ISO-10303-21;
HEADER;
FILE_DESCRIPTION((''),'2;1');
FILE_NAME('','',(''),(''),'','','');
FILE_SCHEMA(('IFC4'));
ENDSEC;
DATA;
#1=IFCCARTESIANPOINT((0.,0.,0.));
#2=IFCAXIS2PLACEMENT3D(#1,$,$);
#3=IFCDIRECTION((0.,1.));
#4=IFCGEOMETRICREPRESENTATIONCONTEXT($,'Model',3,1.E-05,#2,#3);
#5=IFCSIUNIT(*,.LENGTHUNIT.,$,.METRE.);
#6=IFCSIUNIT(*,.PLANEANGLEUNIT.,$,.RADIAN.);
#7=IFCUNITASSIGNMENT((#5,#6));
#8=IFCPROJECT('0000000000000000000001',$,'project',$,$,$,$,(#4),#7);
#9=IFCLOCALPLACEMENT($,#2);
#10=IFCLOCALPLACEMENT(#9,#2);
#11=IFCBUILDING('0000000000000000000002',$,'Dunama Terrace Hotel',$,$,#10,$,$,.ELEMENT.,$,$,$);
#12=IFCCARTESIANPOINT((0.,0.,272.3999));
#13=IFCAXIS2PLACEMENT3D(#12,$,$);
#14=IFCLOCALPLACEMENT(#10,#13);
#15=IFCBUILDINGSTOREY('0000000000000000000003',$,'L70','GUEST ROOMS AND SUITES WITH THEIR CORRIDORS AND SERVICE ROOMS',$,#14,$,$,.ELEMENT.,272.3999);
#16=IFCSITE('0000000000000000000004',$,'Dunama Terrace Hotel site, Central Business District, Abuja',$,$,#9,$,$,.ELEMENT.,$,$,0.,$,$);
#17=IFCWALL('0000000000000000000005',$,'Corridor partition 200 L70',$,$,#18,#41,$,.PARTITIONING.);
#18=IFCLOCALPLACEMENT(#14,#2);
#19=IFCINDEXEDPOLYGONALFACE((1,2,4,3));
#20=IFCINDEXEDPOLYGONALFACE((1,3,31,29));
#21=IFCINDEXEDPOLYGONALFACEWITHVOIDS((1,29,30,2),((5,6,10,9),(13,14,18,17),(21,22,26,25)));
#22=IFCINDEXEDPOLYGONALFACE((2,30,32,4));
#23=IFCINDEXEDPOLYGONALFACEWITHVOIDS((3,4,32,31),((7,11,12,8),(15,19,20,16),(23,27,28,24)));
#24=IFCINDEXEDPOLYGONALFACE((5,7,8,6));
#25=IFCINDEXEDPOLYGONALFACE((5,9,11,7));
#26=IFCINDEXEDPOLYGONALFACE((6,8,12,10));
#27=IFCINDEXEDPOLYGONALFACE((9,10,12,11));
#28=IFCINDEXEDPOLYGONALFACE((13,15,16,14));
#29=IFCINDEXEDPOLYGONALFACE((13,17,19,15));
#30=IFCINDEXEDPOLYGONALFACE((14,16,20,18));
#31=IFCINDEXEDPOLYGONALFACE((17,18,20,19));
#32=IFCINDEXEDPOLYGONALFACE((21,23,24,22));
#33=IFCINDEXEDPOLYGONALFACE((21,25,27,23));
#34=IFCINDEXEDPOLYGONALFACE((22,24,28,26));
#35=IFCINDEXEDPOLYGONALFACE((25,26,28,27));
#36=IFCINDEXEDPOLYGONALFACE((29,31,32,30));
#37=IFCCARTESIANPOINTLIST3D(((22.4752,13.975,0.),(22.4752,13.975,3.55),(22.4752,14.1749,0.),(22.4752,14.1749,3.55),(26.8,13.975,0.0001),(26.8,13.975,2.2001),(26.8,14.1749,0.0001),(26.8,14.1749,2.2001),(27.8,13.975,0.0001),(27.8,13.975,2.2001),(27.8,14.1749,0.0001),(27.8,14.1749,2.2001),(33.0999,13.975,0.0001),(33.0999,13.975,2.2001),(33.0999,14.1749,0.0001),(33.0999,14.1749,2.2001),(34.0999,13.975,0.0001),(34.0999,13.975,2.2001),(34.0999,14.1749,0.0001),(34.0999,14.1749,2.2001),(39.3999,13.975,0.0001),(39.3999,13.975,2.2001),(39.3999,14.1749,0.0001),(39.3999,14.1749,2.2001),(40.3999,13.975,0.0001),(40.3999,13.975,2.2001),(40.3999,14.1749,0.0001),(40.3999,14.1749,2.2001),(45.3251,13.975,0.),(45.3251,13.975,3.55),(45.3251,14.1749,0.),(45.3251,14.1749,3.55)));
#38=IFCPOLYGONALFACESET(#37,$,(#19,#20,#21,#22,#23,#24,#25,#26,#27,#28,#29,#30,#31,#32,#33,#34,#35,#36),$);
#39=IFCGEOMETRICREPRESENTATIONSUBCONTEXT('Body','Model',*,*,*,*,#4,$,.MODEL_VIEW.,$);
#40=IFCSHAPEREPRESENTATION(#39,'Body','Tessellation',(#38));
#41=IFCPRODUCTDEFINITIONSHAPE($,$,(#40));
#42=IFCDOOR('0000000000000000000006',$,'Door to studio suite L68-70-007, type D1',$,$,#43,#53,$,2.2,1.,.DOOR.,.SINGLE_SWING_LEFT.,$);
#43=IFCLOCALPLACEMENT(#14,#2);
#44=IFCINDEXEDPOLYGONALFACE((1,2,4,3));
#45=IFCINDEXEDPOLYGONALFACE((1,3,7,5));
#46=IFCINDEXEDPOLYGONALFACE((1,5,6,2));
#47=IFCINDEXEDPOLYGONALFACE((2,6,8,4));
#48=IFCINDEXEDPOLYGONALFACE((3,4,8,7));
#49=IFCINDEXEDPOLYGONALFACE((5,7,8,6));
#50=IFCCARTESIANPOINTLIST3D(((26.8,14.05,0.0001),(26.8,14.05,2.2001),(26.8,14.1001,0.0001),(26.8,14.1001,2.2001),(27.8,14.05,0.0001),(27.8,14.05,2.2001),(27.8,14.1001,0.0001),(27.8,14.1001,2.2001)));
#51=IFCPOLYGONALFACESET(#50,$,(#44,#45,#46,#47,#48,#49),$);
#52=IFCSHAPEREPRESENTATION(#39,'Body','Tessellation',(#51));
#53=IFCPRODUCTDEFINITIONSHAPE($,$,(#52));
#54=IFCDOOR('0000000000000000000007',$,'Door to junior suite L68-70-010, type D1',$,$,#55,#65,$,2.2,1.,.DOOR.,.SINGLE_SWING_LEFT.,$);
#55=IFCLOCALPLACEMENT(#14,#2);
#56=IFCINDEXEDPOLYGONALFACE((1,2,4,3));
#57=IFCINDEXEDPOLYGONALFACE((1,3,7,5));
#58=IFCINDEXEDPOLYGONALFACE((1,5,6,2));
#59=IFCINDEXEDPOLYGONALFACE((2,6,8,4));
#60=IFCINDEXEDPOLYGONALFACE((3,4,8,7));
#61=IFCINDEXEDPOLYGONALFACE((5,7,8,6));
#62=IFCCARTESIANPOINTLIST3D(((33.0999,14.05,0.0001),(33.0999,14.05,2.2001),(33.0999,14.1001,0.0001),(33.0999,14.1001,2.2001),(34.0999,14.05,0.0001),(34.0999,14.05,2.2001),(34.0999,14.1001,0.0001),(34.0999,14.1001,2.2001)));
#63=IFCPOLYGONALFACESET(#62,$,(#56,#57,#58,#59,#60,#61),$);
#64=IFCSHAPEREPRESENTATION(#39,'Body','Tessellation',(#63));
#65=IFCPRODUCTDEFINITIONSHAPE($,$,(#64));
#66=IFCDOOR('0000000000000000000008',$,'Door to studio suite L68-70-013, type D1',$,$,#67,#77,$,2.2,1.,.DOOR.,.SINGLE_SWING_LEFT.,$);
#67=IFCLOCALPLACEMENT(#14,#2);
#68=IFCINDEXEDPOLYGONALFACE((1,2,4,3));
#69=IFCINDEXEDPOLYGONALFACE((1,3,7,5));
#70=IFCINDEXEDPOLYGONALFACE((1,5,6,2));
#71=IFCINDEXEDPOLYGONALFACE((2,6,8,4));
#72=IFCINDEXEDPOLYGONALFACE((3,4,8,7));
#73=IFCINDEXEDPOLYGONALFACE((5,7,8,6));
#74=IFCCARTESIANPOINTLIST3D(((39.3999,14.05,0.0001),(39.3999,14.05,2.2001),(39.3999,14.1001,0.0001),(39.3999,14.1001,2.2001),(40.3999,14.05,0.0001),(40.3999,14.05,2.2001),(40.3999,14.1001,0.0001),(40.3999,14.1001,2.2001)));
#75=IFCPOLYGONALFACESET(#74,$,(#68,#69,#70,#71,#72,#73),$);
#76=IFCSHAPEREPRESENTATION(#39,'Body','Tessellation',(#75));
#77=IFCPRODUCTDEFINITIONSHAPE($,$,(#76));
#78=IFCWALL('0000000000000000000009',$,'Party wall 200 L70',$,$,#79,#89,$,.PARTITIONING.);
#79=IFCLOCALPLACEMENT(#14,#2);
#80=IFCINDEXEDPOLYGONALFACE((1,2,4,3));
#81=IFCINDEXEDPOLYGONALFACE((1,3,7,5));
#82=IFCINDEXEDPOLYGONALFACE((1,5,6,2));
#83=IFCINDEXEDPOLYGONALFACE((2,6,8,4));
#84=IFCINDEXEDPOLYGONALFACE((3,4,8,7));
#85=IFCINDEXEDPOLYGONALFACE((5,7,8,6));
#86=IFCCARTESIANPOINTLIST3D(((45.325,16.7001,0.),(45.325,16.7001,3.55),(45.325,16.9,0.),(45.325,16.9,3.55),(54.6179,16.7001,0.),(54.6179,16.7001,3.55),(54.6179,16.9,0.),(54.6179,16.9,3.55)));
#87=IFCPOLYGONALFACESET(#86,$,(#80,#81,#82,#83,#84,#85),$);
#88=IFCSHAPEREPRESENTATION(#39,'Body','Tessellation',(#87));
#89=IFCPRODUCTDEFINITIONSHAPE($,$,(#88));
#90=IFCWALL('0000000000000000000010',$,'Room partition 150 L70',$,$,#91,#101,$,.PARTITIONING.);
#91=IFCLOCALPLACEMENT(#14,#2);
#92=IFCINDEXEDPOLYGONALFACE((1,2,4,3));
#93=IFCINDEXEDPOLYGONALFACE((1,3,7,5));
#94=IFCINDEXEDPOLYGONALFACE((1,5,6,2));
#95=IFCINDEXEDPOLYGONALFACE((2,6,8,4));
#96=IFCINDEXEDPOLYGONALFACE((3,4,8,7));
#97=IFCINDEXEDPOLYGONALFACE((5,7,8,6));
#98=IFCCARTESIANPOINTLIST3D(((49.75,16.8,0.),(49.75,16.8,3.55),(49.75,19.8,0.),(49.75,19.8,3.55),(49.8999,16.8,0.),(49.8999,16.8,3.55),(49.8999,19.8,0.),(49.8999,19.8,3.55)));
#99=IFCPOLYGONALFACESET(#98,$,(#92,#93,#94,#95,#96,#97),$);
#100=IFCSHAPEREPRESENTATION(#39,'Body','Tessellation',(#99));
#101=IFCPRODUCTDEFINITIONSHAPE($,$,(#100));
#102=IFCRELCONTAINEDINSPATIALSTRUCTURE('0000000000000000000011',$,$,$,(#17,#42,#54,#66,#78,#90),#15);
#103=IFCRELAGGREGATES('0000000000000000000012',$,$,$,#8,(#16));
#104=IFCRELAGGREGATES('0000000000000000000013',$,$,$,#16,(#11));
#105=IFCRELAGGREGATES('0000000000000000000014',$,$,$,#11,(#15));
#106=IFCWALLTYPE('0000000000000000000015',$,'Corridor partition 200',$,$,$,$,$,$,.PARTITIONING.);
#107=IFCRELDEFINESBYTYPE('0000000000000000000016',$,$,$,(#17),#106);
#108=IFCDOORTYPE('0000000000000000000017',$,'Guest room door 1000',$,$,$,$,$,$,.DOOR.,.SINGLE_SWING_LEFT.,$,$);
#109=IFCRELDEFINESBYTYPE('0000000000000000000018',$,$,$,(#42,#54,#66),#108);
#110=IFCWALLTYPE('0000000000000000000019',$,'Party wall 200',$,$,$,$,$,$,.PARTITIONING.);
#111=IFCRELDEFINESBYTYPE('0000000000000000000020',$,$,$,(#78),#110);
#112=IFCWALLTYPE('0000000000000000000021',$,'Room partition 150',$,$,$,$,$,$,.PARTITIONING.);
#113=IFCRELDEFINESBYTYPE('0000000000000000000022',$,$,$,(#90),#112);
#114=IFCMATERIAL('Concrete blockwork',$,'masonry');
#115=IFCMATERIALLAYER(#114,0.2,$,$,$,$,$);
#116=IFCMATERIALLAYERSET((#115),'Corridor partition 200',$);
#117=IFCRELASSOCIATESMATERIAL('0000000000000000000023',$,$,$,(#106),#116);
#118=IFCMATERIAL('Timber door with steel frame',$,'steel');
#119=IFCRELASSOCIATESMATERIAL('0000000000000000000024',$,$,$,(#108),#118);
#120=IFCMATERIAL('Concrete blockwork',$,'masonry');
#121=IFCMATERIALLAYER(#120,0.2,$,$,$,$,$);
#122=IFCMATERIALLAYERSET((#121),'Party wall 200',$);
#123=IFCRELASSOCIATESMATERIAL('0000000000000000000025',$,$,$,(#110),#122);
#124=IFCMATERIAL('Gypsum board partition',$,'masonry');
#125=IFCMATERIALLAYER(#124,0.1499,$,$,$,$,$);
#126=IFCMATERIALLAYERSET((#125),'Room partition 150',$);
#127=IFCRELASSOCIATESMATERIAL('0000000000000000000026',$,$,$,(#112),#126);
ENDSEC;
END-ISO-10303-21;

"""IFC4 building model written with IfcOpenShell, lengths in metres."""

from ifc_helpers import new_model, si_unit, direction, frame, frame_2d, origin, place, context, subcontext, project, spatial, rectangle, extrude, material, layer, layer_set, type_object, element, fill, save


model = new_model("IFC4")

# Units and contexts
model_context = context("Model", 3, precision=1e-05, world=origin(), true_north=direction((0.0, 1.0)))
body_context = subcontext(model_context, "Body", "Model", "MODEL_VIEW")
ifc_project = project(units=[si_unit("LENGTHUNIT", "METRE"), si_unit("PLANEANGLEUNIT", "RADIAN")], contexts=[model_context])

# Site, building, storey
site_placement = place(None, origin())
site = spatial("IfcSite", under=ifc_project, at=site_placement, Name="Dunama Terrace Hotel site, Central Business District, Abuja", CompositionType="ELEMENT", RefElevation=0.0)
building_placement = place(site_placement, origin())
building = spatial("IfcBuilding", under=site, at=building_placement, Name="Dunama Terrace Hotel", CompositionType="ELEMENT")
storey_placement = place(building_placement, frame((0.0, 0.0, 272.3999)))
storey = spatial("IfcBuildingStorey", under=building, at=storey_placement, Name="L70", Description="GUEST ROOMS AND SUITES WITH THEIR CORRIDORS AND SERVICE ROOMS", CompositionType="ELEMENT", Elevation=272.3999)

# Wall, openings, doors
ifc_material_1 = material(Name="Concrete blockwork", Category="masonry")
ifc_layer_1 = layer(ifc_material_1, 0.2)
ifc_layer_set_1 = layer_set([ifc_layer_1], Name="Corridor partition 200")
wall_type_1 = type_object("IfcWallType", Name="Corridor partition 200", PredefinedType="PARTITIONING", material=ifc_layer_set_1)
wall_1_placement = place(storey_placement, frame((45.325, 14.075, 0.0), z_axis=(0.0, 0.0, 1.0), x_axis=(-1.0, 0.0, 0.0)))
wall_1 = element("IfcWall", 1, at=wall_1_placement, inside=storey, type_object=wall_type_1, Name="Corridor partition 200 L70", PredefinedType="PARTITIONING", context=body_context, shape_type="SweptSolid", body=[
    extrude(rectangle(XDim=22.8499, YDim=0.2, at=frame_2d((11.4248, 0.0))), origin(), (0.0, 0.0, 1.0), 3.55),
])
opening_1_placement = place(wall_1_placement, frame((17.5249, 0.0, 0.0)))
opening_1 = element("IfcOpeningElement", 2, at=opening_1_placement, cuts=wall_1, PredefinedType="OPENING", context=body_context, shape_type="SweptSolid", body=[
    extrude(rectangle(XDim=1.0, YDim=2.2, at=frame_2d((0.5, 1.1001))), frame((0.0, 0.1099, 0.0), z_axis=(0.0, -1.0, 0.0), x_axis=(1.0, 0.0, 0.0)), (0.0, 0.0, 1.0), 0.22),
])
opening_2_placement = place(wall_1_placement, frame((11.2251, 0.0, 0.0)))
opening_2 = element("IfcOpeningElement", 3, at=opening_2_placement, cuts=wall_1, PredefinedType="OPENING", context=body_context, shape_type="SweptSolid", body=[
    extrude(rectangle(XDim=1.0, YDim=2.2, at=frame_2d((0.5, 1.1001))), frame((0.0, 0.1099, 0.0), z_axis=(0.0, -1.0, 0.0), x_axis=(1.0, 0.0, 0.0)), (0.0, 0.0, 1.0), 0.22),
])
opening_3_placement = place(wall_1_placement, frame((4.925, 0.0, 0.0)))
opening_3 = element("IfcOpeningElement", 4, at=opening_3_placement, cuts=wall_1, PredefinedType="OPENING", context=body_context, shape_type="SweptSolid", body=[
    extrude(rectangle(XDim=1.0, YDim=2.2, at=frame_2d((0.5, 1.1001))), frame((0.0, 0.1099, 0.0), z_axis=(0.0, -1.0, 0.0), x_axis=(1.0, 0.0, 0.0)), (0.0, 0.0, 1.0), 0.22),
])
ifc_material_2 = material(Name="Timber door with steel frame", Category="steel")
door_type_1 = type_object("IfcDoorType", Name="Guest room door 1000", OperationType="SINGLE_SWING_LEFT", PredefinedType="DOOR", material=ifc_material_2)
door_1_placement = place(opening_1_placement, origin())
door_1 = element("IfcDoor", 5, at=door_1_placement, inside=storey, type_object=door_type_1, Name="Door to studio suite L68-70-007, type D1", OperationType="SINGLE_SWING_LEFT", OverallHeight=2.2, OverallWidth=1.0, PredefinedType="DOOR", context=body_context, shape_type="SweptSolid", body=[
    extrude(rectangle(XDim=1.0, YDim=2.2, at=frame_2d((0.5, 1.1001))), frame((0.0, 0.0249, 0.0), z_axis=(0.0, -1.0, 0.0), x_axis=(1.0, 0.0, 0.0)), (0.0, 0.0, 1.0), 0.05),
])
fill(opening_1, door_1)
door_2_placement = place(opening_2_placement, origin())
door_2 = element("IfcDoor", 6, at=door_2_placement, inside=storey, type_object=door_type_1, Name="Door to junior suite L68-70-010, type D1", OperationType="SINGLE_SWING_LEFT", OverallHeight=2.2, OverallWidth=1.0, PredefinedType="DOOR", context=body_context, shape_type="SweptSolid", body=[
    extrude(rectangle(XDim=1.0, YDim=2.2, at=frame_2d((0.5, 1.1001))), frame((0.0, 0.0249, 0.0), z_axis=(0.0, -1.0, 0.0), x_axis=(1.0, 0.0, 0.0)), (0.0, 0.0, 1.0), 0.05),
])
fill(opening_2, door_2)
door_3_placement = place(opening_3_placement, origin())
door_3 = element("IfcDoor", 7, at=door_3_placement, inside=storey, type_object=door_type_1, Name="Door to studio suite L68-70-013, type D1", OperationType="SINGLE_SWING_LEFT", OverallHeight=2.2, OverallWidth=1.0, PredefinedType="DOOR", context=body_context, shape_type="SweptSolid", body=[
    extrude(rectangle(XDim=1.0, YDim=2.2, at=frame_2d((0.5, 1.1001))), frame((0.0, 0.0249, 0.0), z_axis=(0.0, -1.0, 0.0), x_axis=(1.0, 0.0, 0.0)), (0.0, 0.0, 1.0), 0.05),
])
fill(opening_3, door_3)

# Walls
ifc_material_3 = material(Name="Concrete blockwork", Category="masonry")
ifc_layer_2 = layer(ifc_material_3, 0.2)
ifc_layer_set_2 = layer_set([ifc_layer_2], Name="Party wall 200")
wall_type_2 = type_object("IfcWallType", Name="Party wall 200", PredefinedType="PARTITIONING", material=ifc_layer_set_2)
wall_2_placement = place(storey_placement, frame((45.325, 16.8, 0.0), z_axis=(0.0, 0.0, 1.0), x_axis=(1.0, 0.0, 0.0)))
element("IfcWall", 8, at=wall_2_placement, inside=storey, type_object=wall_type_2, Name="Party wall 200 L70", PredefinedType="PARTITIONING", context=body_context, shape_type="SweptSolid", body=[
    extrude(rectangle(XDim=9.293, YDim=0.2, at=frame_2d((4.6465, 0.0))), origin(), (0.0, 0.0, 1.0), 3.55),
])
ifc_material_4 = material(Name="Gypsum board partition", Category="masonry")
ifc_layer_3 = layer(ifc_material_4, 0.1499)
ifc_layer_set_3 = layer_set([ifc_layer_3], Name="Room partition 150")
wall_type_3 = type_object("IfcWallType", Name="Room partition 150", PredefinedType="PARTITIONING", material=ifc_layer_set_3)
wall_3_placement = place(storey_placement, frame((49.825, 16.8, 0.0), z_axis=(0.0, 0.0, 1.0), x_axis=(0.0, 1.0, 0.0)))
element("IfcWall", 9, at=wall_3_placement, inside=storey, type_object=wall_type_3, Name="Room partition 150 L70", PredefinedType="PARTITIONING", context=body_context, shape_type="SweptSolid", body=[
    extrude(rectangle(XDim=3.0, YDim=0.1499, at=frame_2d((1.5, 0.0))), origin(), (0.0, 0.0, 1.0), 3.55),
])

save(model, "model.ifc")
